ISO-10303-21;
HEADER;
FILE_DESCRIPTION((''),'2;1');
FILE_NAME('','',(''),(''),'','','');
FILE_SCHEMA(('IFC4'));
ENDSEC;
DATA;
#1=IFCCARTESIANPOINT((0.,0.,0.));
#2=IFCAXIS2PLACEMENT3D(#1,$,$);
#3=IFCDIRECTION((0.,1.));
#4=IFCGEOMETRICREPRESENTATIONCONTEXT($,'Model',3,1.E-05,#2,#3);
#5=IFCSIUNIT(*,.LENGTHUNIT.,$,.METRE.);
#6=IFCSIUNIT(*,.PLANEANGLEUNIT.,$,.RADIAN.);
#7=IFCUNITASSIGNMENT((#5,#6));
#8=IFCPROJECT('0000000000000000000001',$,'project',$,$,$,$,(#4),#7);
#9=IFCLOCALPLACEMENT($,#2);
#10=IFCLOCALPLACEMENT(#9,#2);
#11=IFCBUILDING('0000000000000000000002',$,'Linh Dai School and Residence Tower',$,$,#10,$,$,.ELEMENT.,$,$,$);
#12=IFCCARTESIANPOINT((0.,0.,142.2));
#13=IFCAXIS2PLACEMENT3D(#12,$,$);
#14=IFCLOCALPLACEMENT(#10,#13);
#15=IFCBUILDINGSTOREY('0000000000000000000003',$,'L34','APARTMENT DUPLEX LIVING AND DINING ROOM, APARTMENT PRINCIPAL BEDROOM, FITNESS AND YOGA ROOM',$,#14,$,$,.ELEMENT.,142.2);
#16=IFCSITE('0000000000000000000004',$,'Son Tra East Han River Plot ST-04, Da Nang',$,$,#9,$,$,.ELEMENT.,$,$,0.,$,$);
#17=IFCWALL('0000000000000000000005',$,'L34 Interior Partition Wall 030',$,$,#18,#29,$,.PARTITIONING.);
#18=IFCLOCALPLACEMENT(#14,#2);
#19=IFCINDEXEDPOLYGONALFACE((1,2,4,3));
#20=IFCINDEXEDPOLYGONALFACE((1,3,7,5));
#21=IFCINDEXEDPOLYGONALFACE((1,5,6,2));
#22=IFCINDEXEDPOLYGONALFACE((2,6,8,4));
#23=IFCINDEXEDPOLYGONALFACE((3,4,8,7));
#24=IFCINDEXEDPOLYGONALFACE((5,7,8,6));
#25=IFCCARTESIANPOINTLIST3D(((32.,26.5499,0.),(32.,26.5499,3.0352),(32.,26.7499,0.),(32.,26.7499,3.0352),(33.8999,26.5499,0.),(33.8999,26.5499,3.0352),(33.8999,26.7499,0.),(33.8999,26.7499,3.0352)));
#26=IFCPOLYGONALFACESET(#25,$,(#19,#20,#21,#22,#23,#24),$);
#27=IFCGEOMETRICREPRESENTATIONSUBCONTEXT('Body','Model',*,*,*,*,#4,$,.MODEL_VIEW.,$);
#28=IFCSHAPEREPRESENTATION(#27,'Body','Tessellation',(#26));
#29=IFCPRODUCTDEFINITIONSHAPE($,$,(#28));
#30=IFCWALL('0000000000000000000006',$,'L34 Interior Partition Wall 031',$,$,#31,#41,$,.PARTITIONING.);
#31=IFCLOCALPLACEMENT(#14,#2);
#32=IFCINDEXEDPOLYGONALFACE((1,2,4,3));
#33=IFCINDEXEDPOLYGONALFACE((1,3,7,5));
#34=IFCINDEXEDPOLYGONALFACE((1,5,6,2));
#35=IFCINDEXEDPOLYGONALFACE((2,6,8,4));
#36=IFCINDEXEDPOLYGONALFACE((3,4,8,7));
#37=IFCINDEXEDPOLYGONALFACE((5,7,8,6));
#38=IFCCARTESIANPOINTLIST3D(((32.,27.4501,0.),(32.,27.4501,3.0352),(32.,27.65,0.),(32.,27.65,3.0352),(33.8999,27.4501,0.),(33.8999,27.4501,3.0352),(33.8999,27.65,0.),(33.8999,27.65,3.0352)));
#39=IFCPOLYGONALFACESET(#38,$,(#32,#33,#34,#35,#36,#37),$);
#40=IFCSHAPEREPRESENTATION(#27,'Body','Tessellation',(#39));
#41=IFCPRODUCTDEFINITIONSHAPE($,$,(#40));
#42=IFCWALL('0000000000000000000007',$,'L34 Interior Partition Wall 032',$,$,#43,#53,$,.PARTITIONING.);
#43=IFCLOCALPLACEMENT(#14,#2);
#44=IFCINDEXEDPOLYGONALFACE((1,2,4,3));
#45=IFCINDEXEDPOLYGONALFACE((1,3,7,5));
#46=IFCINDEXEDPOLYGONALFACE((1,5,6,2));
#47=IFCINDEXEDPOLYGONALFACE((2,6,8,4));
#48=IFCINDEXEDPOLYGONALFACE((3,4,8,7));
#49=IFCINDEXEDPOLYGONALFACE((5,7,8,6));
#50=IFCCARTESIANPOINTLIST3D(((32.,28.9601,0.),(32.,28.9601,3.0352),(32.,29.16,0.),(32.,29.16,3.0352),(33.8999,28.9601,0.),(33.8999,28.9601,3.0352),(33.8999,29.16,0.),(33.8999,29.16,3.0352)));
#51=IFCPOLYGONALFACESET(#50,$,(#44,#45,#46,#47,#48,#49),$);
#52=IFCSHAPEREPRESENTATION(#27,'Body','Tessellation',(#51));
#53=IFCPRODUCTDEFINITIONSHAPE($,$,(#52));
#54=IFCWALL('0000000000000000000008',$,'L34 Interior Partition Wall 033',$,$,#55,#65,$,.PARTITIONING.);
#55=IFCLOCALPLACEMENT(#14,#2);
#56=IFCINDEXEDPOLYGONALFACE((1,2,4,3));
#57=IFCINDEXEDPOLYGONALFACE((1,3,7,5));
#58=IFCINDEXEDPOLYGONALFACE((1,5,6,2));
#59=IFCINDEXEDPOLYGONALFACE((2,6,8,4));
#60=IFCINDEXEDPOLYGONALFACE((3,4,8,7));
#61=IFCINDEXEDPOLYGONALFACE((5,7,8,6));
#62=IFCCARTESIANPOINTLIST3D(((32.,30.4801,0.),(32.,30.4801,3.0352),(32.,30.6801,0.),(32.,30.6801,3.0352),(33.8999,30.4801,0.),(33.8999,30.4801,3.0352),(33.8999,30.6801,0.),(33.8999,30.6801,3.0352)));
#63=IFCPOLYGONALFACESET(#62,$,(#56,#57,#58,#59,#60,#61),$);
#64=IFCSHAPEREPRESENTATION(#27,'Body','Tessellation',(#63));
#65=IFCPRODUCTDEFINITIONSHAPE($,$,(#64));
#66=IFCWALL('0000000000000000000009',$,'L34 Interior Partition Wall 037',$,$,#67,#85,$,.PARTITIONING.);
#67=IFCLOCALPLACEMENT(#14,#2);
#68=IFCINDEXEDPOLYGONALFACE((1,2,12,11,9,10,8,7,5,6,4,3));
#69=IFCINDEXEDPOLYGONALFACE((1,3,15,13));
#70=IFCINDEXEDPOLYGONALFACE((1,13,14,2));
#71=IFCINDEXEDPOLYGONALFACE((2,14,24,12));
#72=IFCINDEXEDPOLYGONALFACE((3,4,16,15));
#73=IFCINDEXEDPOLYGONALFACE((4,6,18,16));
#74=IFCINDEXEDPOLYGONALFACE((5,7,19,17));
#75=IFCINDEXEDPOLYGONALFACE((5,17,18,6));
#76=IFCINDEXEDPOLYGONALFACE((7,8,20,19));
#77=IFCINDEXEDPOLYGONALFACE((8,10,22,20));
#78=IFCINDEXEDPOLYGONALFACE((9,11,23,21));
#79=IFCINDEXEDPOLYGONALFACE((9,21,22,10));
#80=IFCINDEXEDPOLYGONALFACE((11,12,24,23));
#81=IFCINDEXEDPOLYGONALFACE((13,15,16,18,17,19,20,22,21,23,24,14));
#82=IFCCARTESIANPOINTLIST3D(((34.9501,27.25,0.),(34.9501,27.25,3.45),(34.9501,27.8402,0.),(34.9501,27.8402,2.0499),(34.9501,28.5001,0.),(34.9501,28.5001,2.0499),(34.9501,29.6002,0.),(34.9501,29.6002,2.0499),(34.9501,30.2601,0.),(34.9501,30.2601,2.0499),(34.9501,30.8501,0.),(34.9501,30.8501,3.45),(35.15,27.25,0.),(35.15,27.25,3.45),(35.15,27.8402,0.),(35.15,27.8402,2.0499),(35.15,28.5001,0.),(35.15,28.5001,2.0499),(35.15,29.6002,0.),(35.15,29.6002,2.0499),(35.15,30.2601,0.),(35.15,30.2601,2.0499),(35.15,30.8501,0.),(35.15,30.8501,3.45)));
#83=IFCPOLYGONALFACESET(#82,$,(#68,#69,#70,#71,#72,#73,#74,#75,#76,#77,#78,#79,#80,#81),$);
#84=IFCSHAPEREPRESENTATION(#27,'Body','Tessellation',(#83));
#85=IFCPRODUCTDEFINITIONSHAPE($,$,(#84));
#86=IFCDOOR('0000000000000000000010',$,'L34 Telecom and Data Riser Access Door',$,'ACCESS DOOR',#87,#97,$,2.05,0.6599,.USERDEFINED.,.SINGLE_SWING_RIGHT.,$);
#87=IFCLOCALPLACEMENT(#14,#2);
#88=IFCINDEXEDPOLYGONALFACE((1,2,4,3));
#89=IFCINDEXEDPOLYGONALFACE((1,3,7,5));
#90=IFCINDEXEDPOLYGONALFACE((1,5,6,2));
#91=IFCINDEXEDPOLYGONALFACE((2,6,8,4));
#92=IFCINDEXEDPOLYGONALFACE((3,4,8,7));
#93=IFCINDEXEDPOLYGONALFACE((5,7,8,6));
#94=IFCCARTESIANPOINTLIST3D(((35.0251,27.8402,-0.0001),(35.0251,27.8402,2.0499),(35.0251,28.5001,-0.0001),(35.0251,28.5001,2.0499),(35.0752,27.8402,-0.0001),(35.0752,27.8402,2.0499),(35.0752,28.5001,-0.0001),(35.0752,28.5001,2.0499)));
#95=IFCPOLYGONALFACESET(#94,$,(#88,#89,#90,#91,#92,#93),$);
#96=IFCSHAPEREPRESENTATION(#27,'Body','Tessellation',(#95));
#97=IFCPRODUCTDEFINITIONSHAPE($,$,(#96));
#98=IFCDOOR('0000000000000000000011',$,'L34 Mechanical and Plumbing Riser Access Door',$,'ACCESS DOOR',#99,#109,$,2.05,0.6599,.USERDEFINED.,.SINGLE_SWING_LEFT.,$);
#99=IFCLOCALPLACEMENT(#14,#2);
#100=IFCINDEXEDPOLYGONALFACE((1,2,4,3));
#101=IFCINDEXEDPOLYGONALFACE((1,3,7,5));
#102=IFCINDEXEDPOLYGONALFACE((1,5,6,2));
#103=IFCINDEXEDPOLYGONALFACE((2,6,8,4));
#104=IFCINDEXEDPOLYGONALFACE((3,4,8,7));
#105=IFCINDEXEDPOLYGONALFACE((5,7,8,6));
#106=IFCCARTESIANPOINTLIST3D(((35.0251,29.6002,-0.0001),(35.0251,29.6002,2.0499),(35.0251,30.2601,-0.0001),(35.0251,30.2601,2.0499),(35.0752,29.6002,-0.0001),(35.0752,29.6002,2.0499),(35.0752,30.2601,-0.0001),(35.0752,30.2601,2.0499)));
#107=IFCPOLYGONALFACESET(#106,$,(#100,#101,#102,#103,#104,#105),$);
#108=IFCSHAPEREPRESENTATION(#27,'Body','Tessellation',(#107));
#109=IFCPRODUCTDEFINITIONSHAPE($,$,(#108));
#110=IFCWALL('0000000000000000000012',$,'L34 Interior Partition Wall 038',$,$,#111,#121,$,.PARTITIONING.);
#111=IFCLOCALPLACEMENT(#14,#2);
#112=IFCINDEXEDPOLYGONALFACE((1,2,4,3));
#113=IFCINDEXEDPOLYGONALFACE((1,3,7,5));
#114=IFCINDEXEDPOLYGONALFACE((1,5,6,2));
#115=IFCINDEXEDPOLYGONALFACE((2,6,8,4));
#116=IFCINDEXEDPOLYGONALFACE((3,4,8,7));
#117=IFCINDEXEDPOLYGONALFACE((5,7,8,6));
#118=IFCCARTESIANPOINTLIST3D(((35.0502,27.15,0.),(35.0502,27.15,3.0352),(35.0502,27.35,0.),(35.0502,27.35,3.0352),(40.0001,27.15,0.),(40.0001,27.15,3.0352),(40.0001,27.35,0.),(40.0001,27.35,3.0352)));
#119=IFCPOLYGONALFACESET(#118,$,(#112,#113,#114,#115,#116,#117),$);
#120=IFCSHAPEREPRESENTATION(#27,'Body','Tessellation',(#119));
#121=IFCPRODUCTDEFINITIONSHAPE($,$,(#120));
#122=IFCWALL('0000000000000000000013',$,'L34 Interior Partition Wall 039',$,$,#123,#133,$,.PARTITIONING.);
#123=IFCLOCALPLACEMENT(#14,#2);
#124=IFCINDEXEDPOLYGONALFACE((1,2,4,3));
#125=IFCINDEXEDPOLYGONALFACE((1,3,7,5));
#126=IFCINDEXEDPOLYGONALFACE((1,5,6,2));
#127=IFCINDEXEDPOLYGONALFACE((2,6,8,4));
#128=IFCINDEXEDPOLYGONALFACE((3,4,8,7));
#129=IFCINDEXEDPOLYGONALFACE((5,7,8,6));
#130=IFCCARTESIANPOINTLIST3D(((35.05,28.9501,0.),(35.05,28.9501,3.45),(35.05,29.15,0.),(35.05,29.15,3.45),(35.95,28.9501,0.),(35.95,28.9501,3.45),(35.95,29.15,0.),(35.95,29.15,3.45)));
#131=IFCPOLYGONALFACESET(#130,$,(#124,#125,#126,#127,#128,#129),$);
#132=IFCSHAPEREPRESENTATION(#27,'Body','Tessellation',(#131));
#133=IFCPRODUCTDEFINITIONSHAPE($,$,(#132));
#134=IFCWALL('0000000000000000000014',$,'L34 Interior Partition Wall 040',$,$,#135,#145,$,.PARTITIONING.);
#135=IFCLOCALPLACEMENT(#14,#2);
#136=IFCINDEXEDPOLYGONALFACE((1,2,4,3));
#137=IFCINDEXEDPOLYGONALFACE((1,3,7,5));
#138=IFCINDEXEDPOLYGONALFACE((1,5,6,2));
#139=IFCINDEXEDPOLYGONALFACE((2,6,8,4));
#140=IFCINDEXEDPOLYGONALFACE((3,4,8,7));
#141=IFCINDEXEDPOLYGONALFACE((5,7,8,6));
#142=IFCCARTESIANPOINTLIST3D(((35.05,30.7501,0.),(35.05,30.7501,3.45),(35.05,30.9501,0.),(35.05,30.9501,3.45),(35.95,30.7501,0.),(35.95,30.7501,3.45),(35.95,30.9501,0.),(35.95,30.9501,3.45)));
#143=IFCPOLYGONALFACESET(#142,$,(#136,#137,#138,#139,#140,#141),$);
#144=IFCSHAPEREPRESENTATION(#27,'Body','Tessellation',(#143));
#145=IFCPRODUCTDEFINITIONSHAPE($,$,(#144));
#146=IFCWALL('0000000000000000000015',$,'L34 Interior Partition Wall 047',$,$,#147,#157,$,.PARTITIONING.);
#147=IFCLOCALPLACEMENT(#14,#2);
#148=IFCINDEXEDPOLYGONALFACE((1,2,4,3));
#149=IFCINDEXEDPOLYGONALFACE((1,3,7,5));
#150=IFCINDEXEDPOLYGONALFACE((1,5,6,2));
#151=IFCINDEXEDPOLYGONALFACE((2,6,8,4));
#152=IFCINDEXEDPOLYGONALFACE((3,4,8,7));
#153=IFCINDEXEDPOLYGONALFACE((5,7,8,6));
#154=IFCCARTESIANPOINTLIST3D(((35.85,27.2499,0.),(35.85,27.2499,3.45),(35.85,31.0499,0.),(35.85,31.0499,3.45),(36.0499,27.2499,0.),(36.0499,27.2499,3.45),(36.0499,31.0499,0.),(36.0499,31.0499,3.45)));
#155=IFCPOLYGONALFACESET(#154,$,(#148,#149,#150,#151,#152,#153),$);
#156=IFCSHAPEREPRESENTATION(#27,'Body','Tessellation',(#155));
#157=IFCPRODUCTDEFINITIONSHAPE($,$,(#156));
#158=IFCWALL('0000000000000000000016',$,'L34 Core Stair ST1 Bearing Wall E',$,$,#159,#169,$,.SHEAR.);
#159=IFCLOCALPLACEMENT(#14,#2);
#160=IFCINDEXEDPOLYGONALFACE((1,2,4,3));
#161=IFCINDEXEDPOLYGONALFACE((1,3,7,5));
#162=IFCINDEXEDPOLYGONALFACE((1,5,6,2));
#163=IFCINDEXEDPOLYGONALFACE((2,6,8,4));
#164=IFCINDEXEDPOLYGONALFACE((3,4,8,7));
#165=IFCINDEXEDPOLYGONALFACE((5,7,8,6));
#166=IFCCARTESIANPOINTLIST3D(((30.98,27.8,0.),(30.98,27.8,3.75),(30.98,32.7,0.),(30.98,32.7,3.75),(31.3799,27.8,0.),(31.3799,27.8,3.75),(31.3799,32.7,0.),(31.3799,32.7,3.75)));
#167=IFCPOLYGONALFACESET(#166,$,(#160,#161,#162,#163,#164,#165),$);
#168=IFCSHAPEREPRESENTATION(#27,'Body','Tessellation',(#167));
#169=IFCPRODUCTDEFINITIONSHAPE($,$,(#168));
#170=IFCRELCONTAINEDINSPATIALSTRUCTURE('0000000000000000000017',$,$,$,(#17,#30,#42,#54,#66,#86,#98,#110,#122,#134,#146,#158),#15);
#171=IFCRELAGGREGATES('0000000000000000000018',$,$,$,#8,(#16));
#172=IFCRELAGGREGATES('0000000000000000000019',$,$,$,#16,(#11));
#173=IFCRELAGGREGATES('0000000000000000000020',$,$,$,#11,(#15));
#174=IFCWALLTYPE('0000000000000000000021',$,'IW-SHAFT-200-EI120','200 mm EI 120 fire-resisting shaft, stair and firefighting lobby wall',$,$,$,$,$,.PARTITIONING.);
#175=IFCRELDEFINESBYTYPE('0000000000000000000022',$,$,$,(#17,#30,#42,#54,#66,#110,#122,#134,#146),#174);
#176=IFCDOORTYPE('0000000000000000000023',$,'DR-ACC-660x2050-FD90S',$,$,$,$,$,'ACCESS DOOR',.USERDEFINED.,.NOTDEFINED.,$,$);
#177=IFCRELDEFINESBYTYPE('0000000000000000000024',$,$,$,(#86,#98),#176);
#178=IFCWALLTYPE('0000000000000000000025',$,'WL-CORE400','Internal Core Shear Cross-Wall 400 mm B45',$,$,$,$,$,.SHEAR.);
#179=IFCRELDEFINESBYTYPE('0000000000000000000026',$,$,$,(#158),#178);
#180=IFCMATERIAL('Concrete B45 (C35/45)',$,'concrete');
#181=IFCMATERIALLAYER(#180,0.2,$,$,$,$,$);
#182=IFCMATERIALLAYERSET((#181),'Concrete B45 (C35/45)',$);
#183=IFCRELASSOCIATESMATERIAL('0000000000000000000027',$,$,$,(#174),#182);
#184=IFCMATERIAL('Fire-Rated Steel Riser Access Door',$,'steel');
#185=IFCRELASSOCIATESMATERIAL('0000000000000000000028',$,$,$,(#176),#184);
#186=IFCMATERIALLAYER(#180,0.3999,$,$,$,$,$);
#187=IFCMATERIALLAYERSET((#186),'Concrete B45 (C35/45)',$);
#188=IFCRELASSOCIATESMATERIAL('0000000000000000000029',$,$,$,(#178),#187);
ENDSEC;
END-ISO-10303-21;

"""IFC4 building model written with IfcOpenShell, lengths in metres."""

from ifc_helpers import new_model, si_unit, direction, frame, frame_2d, origin, origin_2d, place, context, subcontext, project, spatial, rectangle, extrude, source, transform, mapped, material, layer, layer_set, type_object, element, fill, save


model = new_model("IFC4")

# Units and contexts
model_context = context("Model", 3, precision=1e-05, world=origin(), true_north=direction((0.0, 1.0)))
body_context = subcontext(model_context, "Body", "Model", "MODEL_VIEW")
ifc_project = project(units=[si_unit("LENGTHUNIT", "METRE"), si_unit("PLANEANGLEUNIT", "RADIAN")], contexts=[model_context])

# Site, building, storey
site_placement = place(None, origin())
site = spatial("IfcSite", under=ifc_project, at=site_placement, Name="Son Tra East Han River Plot ST-04, Da Nang", CompositionType="ELEMENT", RefElevation=0.0)
building_placement = place(site_placement, origin())
building = spatial("IfcBuilding", under=site, at=building_placement, Name="Linh Dai School and Residence Tower", CompositionType="ELEMENT")
storey_placement = place(building_placement, frame((0.0, 0.0, 142.2)))
storey = spatial("IfcBuildingStorey", under=building, at=storey_placement, Name="L34", Description="APARTMENT DUPLEX LIVING AND DINING ROOM, APARTMENT PRINCIPAL BEDROOM, FITNESS AND YOGA ROOM", CompositionType="ELEMENT", Elevation=142.2)

# Walls
ifc_material_1 = material(Name="Concrete B45 (C35/45)", Category="concrete")
ifc_layer_1 = layer(ifc_material_1, 0.2)
ifc_layer_set_1 = layer_set([ifc_layer_1], Name="Concrete B45 (C35/45)")
wall_type_1 = type_object("IfcWallType", Name="IW-SHAFT-200-EI120", Description="200 mm EI 120 fire-resisting shaft, stair and firefighting lobby wall", PredefinedType="PARTITIONING", material=ifc_layer_set_1)
for number, where, z_axis, x_axis, name in (
    (1, (32.0, 26.6499, 0.0), (0.0, 0.0, 1.0), (1.0, 0.0, 0.0), "L34 Interior Partition Wall 030"),
    (2, (32.0, 27.55, 0.0), (0.0, 0.0, 1.0), (1.0, 0.0, 0.0), "L34 Interior Partition Wall 031"),
    (3, (32.0, 29.0601, 0.0), (0.0, 0.0, 1.0), (1.0, 0.0, 0.0), "L34 Interior Partition Wall 032"),
    (4, (32.0, 30.5801, 0.0), (0.0, 0.0, 1.0), (1.0, 0.0, 0.0), "L34 Interior Partition Wall 033"),
):
    element("IfcWall", number, at=place(storey_placement, frame(where, z_axis=z_axis, x_axis=x_axis)), inside=storey, type_object=wall_type_1, Name=name, PredefinedType="PARTITIONING", context=body_context, shape_type="SweptSolid", body=[
        extrude(rectangle(XDim=1.8999, YDim=0.2, at=frame_2d((0.95, 0.0))), origin(), (0.0, 0.0, 1.0), 3.0352),
    ])

# Wall, openings, doors
wall_1_placement = place(storey_placement, frame((35.05, 27.25, 0.0), z_axis=(0.0, 0.0, 1.0), x_axis=(0.0, 1.0, 0.0)))
wall_1 = element("IfcWall", 5, at=wall_1_placement, inside=storey, type_object=wall_type_1, Name="L34 Interior Partition Wall 037", PredefinedType="PARTITIONING", context=body_context, shape_type="SweptSolid", body=[
    extrude(rectangle(XDim=3.6001, YDim=0.2, at=frame_2d((1.8, 0.0))), origin(), (0.0, 0.0, 1.0), 3.45),
])
opening_1_placement = place(wall_1_placement, frame((0.5901, 0.0, 0.0)))
opening_1 = element("IfcOpeningElement", 6, at=opening_1_placement, cuts=wall_1, PredefinedType="OPENING", context=body_context, shape_type="SweptSolid", body=[
    extrude(rectangle(XDim=0.6599, YDim=2.05, at=origin_2d()), frame((0.3301, 0.1099, 1.0249), z_axis=(0.0, -1.0, 0.0), x_axis=(1.0, 0.0, 0.0)), (0.0, 0.0, 1.0), 0.22),
])
opening_2_placement = place(wall_1_placement, frame((2.3501, 0.0, 0.0)))
opening_2 = element("IfcOpeningElement", 7, at=opening_2_placement, cuts=wall_1, PredefinedType="OPENING", context=body_context, shape_type="SweptSolid", body=[
    extrude(rectangle(XDim=0.6599, YDim=2.05, at=origin_2d()), frame((0.3301, 0.1099, 1.0249), z_axis=(0.0, -1.0, 0.0), x_axis=(1.0, 0.0, 0.0)), (0.0, 0.0, 1.0), 0.22),
])
ifc_material_2 = material(Name="Fire-Rated Steel Riser Access Door", Category="steel")
door_type_1 = type_object("IfcDoorType", Name="DR-ACC-660x2050-FD90S", ElementType="ACCESS DOOR", OperationType="NOTDEFINED", PredefinedType="USERDEFINED", material=ifc_material_2)
shared_shape_1 = source(origin(), body_context, "Body", "SweptSolid", [
    extrude(rectangle(XDim=0.6599, YDim=2.05, at=origin_2d()), frame((0.3301, 0.0249, 1.0249), z_axis=(0.0, -1.0, 0.0), x_axis=(1.0, 0.0, 0.0)), (0.0, 0.0, 1.0), 0.05),
])
door_1_placement = place(opening_1_placement, origin())
door_1 = element("IfcDoor", 8, at=door_1_placement, inside=storey, type_object=door_type_1, Name="L34 Telecom and Data Riser Access Door", ObjectType="ACCESS DOOR", OperationType="SINGLE_SWING_RIGHT", OverallHeight=2.05, OverallWidth=0.6599, PredefinedType="USERDEFINED", context=body_context, shape_type="MappedRepresentation", body=[
    mapped(shared_shape_1, transform((0.0, 0.0, 0.0), x_axis=(1.0, 0.0, 0.0), y_axis=(0.0, 1.0, 0.0), z_axis=(0.0, 0.0, 1.0), scale=1.0)),
])
fill(opening_1, door_1)
door_2_placement = place(opening_2_placement, origin())
door_2 = element("IfcDoor", 9, at=door_2_placement, inside=storey, type_object=door_type_1, Name="L34 Mechanical and Plumbing Riser Access Door", ObjectType="ACCESS DOOR", OperationType="SINGLE_SWING_LEFT", OverallHeight=2.05, OverallWidth=0.6599, PredefinedType="USERDEFINED", context=body_context, shape_type="MappedRepresentation", body=[
    mapped(shared_shape_1, transform((0.0, 0.0, 0.0), x_axis=(1.0, 0.0, 0.0), y_axis=(0.0, 1.0, 0.0), z_axis=(0.0, 0.0, 1.0), scale=1.0)),
])
fill(opening_2, door_2)

# Walls
wall_2_placement = place(storey_placement, frame((35.05, 27.25, 0.0), z_axis=(0.0, 0.0, 1.0), x_axis=(1.0, 0.0, 0.0)))
element("IfcWall", 10, at=wall_2_placement, inside=storey, type_object=wall_type_1, Name="L34 Interior Partition Wall 038", PredefinedType="PARTITIONING", context=body_context, shape_type="SweptSolid", body=[
    extrude(rectangle(XDim=4.95, YDim=0.2, at=frame_2d((2.4751, 0.0))), origin(), (0.0, 0.0, 1.0), 3.0352),
])
for number, where, z_axis, x_axis, name in (
    (11, (35.05, 29.05, 0.0), (0.0, 0.0, 1.0), (1.0, 0.0, 0.0), "L34 Interior Partition Wall 039"),
    (12, (35.05, 30.8501, 0.0), (0.0, 0.0, 1.0), (1.0, 0.0, 0.0), "L34 Interior Partition Wall 040"),
):
    element("IfcWall", number, at=place(storey_placement, frame(where, z_axis=z_axis, x_axis=x_axis)), inside=storey, type_object=wall_type_1, Name=name, PredefinedType="PARTITIONING", context=body_context, shape_type="SweptSolid", body=[
        extrude(rectangle(XDim=0.8999, YDim=0.2, at=frame_2d((0.45, 0.0))), origin(), (0.0, 0.0, 1.0), 3.45),
    ])
wall_3_placement = place(storey_placement, frame((35.95, 27.25, 0.0), z_axis=(0.0, 0.0, 1.0), x_axis=(0.0, 1.0, 0.0)))
element("IfcWall", 13, at=wall_3_placement, inside=storey, type_object=wall_type_1, Name="L34 Interior Partition Wall 047", PredefinedType="PARTITIONING", context=body_context, shape_type="SweptSolid", body=[
    extrude(rectangle(XDim=3.8, YDim=0.2, at=frame_2d((1.8999, 0.0))), origin(), (0.0, 0.0, 1.0), 3.45),
])

# Wall
ifc_layer_2 = layer(ifc_material_1, 0.3999)
ifc_layer_set_2 = layer_set([ifc_layer_2], Name="Concrete B45 (C35/45)")
wall_type_2 = type_object("IfcWallType", Name="WL-CORE400", Description="Internal Core Shear Cross-Wall 400 mm B45", PredefinedType="SHEAR", material=ifc_layer_set_2)
wall_4_placement = place(storey_placement, frame((31.1799, 27.8, 0.0), z_axis=(0.0, 0.0, 1.0), x_axis=(0.0, 1.0, 0.0)))
element("IfcWall", 14, at=wall_4_placement, inside=storey, type_object=wall_type_2, Name="L34 Core Stair ST1 Bearing Wall E", PredefinedType="SHEAR", context=body_context, shape_type="SweptSolid", body=[
    extrude(rectangle(XDim=4.8999, YDim=0.3999, at=frame_2d((2.45, 0.0))), origin(), (0.0, 0.0, 1.0), 3.75),
])

save(model, "model.ifc")
